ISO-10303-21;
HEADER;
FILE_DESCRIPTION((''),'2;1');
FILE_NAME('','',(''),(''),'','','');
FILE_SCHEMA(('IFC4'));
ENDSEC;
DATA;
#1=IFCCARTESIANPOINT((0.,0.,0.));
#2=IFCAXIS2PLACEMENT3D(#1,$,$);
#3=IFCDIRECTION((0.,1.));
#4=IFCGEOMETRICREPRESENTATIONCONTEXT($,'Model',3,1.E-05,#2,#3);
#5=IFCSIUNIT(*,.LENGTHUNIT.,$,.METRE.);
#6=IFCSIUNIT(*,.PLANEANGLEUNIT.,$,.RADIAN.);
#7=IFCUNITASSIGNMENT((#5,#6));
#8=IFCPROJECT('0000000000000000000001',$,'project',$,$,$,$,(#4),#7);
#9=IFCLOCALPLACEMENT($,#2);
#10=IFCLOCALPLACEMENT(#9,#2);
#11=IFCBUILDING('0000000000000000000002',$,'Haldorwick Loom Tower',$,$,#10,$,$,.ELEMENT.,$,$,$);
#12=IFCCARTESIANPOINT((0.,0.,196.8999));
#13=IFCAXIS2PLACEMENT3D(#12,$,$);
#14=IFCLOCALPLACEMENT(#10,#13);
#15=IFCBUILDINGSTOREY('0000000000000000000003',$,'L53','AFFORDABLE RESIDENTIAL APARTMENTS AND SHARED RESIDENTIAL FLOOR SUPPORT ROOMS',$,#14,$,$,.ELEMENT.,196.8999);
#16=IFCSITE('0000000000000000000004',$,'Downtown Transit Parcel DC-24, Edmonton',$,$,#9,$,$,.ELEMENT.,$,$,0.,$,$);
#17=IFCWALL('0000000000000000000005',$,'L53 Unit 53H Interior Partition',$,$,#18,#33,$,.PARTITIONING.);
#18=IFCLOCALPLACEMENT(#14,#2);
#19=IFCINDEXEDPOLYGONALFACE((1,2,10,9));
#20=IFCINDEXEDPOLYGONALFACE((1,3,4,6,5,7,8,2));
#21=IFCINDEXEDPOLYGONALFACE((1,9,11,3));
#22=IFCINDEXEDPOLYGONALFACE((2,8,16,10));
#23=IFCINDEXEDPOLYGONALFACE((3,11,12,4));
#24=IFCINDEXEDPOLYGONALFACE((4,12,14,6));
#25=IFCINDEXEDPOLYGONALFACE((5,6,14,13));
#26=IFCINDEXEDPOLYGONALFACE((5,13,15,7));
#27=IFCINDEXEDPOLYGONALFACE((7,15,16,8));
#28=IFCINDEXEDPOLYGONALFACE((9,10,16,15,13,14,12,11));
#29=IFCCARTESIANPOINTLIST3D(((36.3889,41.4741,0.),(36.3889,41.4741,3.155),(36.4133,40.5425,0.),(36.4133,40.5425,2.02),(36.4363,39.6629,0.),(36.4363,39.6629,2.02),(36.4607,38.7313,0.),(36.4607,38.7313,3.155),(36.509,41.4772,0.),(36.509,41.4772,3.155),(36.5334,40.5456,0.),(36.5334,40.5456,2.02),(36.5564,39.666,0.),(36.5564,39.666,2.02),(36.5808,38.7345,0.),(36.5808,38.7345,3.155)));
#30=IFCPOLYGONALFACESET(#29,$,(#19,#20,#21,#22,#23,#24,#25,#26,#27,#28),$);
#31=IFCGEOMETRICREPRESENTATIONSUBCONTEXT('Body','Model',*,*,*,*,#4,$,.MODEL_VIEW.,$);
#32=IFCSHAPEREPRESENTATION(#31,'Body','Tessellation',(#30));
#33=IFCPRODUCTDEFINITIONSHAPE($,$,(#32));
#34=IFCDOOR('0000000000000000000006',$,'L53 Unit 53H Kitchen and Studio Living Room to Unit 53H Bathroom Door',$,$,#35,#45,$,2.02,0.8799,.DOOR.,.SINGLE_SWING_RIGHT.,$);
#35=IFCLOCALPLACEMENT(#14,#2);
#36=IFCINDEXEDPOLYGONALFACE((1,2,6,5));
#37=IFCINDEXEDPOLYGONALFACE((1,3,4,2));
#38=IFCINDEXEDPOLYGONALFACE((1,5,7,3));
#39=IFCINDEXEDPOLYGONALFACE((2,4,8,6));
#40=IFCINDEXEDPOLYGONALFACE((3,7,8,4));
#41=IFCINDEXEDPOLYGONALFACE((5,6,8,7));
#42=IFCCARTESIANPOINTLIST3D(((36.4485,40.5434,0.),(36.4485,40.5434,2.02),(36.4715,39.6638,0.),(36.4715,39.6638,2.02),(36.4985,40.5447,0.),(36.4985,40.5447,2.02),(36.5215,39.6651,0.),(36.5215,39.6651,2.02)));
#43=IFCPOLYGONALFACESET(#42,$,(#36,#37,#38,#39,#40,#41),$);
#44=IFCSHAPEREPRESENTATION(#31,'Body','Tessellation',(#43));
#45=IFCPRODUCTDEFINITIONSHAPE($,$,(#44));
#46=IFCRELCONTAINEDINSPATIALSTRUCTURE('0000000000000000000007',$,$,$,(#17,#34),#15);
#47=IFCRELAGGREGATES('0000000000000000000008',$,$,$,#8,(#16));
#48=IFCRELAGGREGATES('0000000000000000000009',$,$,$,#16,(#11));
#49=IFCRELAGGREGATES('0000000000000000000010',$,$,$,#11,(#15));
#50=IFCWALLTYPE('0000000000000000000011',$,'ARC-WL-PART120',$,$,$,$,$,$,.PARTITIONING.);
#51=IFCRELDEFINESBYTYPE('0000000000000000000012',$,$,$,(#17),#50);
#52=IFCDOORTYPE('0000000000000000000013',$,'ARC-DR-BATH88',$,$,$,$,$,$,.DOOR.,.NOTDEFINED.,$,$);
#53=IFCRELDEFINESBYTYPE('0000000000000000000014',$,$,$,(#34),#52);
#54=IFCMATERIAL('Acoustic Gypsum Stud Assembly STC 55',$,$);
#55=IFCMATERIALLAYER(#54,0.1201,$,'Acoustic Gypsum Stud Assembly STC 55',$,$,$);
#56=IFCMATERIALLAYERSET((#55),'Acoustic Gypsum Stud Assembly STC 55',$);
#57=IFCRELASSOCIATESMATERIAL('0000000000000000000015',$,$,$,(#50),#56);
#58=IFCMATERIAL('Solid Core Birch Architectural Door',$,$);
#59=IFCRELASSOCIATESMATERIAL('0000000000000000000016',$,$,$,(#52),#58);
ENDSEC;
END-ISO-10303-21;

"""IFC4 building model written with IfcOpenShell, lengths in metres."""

from ifc_helpers import new_model, si_unit, direction, frame, frame_2d, origin, place, context, subcontext, project, spatial, rectangle, extrude, material, layer, layer_set, type_object, element, fill, save


model = new_model("IFC4")

# Units and contexts
model_context = context("Model", 3, precision=1e-05, world=origin(), true_north=direction((0.0, 1.0)))
body_context = subcontext(model_context, "Body", "Model", "MODEL_VIEW")
ifc_project = project(units=[si_unit("LENGTHUNIT", "METRE"), si_unit("PLANEANGLEUNIT", "RADIAN")], contexts=[model_context])

# Site, building, storey
site_placement = place(None, origin())
site = spatial("IfcSite", under=ifc_project, at=site_placement, Name="Downtown Transit Parcel DC-24, Edmonton", CompositionType="ELEMENT", RefElevation=0.0)
building_placement = place(site_placement, origin())
building = spatial("IfcBuilding", under=site, at=building_placement, Name="Haldorwick Loom Tower", CompositionType="ELEMENT")
storey_placement = place(building_placement, frame((0.0, 0.0, 196.8999)))
storey = spatial("IfcBuildingStorey", under=building, at=storey_placement, Name="L53", Description="AFFORDABLE RESIDENTIAL APARTMENTS AND SHARED RESIDENTIAL FLOOR SUPPORT ROOMS", CompositionType="ELEMENT", Elevation=196.8999)

# Shared definitions
ifc_material_1 = material(Name="Acoustic Gypsum Stud Assembly STC 55")
ifc_layer_1 = layer(ifc_material_1, 0.1201, Name="Acoustic Gypsum Stud Assembly STC 55")
ifc_layer_set_1 = layer_set([ifc_layer_1], Name="Acoustic Gypsum Stud Assembly STC 55")
wall_type_1 = type_object("IfcWallType", Name="ARC-WL-PART120", PredefinedType="PARTITIONING", material=ifc_layer_set_1)

# Wall, opening, door
wall_1_placement = place(storey_placement, frame((36.5208, 38.7329, 0.0), z_axis=(0.0, 0.0, 1.0), x_axis=(-0.026162, 0.999658, 0.0)))
wall_1 = element("IfcWall", 1, at=wall_1_placement, inside=storey, type_object=wall_type_1, Name="L53 Unit 53H Interior Partition", PredefinedType="PARTITIONING", context=body_context, shape_type="SweptSolid", body=[
    extrude(rectangle(XDim=2.7437, YDim=0.1201, at=frame_2d((1.3718, 0.0))), origin(), (0.0, 0.0, 1.0), 3.155),
])
opening_1_placement = place(wall_1_placement, frame((0.9319, 0.0, 0.0)))
opening_1 = element("IfcOpeningElement", 2, at=opening_1_placement, cuts=wall_1, PredefinedType="OPENING", context=body_context, shape_type="SweptSolid", body=[
    extrude(rectangle(XDim=0.8799, YDim=2.02, at=frame_2d((0.4399, 1.01))), frame((0.0, 0.0701, 0.0), z_axis=(0.0, -1.0, 0.0), x_axis=(1.0, 0.0, 0.0)), (0.0, 0.0, 1.0), 0.1401),
])
ifc_material_2 = material(Name="Solid Core Birch Architectural Door")
door_type = type_object("IfcDoorType", Name="ARC-DR-BATH88", OperationType="NOTDEFINED", PredefinedType="DOOR", material=ifc_material_2)
door_placement = place(opening_1_placement, origin())
door = element("IfcDoor", 3, at=door_placement, inside=storey, type_object=door_type, Name="L53 Unit 53H Kitchen and Studio Living Room to Unit 53H Bathroom Door", OperationType="SINGLE_SWING_RIGHT", OverallHeight=2.02, OverallWidth=0.8799, PredefinedType="DOOR", context=body_context, shape_type="SweptSolid", body=[
    extrude(rectangle(XDim=0.8799, YDim=2.02, at=frame_2d((0.4399, 1.01))), frame((0.0, 0.0249, 0.0), z_axis=(0.0, -1.0, 0.0), x_axis=(1.0, 0.0, 0.0)), (0.0, 0.0, 1.0), 0.05),
])
fill(opening_1, door)

save(model, "model.ifc")
